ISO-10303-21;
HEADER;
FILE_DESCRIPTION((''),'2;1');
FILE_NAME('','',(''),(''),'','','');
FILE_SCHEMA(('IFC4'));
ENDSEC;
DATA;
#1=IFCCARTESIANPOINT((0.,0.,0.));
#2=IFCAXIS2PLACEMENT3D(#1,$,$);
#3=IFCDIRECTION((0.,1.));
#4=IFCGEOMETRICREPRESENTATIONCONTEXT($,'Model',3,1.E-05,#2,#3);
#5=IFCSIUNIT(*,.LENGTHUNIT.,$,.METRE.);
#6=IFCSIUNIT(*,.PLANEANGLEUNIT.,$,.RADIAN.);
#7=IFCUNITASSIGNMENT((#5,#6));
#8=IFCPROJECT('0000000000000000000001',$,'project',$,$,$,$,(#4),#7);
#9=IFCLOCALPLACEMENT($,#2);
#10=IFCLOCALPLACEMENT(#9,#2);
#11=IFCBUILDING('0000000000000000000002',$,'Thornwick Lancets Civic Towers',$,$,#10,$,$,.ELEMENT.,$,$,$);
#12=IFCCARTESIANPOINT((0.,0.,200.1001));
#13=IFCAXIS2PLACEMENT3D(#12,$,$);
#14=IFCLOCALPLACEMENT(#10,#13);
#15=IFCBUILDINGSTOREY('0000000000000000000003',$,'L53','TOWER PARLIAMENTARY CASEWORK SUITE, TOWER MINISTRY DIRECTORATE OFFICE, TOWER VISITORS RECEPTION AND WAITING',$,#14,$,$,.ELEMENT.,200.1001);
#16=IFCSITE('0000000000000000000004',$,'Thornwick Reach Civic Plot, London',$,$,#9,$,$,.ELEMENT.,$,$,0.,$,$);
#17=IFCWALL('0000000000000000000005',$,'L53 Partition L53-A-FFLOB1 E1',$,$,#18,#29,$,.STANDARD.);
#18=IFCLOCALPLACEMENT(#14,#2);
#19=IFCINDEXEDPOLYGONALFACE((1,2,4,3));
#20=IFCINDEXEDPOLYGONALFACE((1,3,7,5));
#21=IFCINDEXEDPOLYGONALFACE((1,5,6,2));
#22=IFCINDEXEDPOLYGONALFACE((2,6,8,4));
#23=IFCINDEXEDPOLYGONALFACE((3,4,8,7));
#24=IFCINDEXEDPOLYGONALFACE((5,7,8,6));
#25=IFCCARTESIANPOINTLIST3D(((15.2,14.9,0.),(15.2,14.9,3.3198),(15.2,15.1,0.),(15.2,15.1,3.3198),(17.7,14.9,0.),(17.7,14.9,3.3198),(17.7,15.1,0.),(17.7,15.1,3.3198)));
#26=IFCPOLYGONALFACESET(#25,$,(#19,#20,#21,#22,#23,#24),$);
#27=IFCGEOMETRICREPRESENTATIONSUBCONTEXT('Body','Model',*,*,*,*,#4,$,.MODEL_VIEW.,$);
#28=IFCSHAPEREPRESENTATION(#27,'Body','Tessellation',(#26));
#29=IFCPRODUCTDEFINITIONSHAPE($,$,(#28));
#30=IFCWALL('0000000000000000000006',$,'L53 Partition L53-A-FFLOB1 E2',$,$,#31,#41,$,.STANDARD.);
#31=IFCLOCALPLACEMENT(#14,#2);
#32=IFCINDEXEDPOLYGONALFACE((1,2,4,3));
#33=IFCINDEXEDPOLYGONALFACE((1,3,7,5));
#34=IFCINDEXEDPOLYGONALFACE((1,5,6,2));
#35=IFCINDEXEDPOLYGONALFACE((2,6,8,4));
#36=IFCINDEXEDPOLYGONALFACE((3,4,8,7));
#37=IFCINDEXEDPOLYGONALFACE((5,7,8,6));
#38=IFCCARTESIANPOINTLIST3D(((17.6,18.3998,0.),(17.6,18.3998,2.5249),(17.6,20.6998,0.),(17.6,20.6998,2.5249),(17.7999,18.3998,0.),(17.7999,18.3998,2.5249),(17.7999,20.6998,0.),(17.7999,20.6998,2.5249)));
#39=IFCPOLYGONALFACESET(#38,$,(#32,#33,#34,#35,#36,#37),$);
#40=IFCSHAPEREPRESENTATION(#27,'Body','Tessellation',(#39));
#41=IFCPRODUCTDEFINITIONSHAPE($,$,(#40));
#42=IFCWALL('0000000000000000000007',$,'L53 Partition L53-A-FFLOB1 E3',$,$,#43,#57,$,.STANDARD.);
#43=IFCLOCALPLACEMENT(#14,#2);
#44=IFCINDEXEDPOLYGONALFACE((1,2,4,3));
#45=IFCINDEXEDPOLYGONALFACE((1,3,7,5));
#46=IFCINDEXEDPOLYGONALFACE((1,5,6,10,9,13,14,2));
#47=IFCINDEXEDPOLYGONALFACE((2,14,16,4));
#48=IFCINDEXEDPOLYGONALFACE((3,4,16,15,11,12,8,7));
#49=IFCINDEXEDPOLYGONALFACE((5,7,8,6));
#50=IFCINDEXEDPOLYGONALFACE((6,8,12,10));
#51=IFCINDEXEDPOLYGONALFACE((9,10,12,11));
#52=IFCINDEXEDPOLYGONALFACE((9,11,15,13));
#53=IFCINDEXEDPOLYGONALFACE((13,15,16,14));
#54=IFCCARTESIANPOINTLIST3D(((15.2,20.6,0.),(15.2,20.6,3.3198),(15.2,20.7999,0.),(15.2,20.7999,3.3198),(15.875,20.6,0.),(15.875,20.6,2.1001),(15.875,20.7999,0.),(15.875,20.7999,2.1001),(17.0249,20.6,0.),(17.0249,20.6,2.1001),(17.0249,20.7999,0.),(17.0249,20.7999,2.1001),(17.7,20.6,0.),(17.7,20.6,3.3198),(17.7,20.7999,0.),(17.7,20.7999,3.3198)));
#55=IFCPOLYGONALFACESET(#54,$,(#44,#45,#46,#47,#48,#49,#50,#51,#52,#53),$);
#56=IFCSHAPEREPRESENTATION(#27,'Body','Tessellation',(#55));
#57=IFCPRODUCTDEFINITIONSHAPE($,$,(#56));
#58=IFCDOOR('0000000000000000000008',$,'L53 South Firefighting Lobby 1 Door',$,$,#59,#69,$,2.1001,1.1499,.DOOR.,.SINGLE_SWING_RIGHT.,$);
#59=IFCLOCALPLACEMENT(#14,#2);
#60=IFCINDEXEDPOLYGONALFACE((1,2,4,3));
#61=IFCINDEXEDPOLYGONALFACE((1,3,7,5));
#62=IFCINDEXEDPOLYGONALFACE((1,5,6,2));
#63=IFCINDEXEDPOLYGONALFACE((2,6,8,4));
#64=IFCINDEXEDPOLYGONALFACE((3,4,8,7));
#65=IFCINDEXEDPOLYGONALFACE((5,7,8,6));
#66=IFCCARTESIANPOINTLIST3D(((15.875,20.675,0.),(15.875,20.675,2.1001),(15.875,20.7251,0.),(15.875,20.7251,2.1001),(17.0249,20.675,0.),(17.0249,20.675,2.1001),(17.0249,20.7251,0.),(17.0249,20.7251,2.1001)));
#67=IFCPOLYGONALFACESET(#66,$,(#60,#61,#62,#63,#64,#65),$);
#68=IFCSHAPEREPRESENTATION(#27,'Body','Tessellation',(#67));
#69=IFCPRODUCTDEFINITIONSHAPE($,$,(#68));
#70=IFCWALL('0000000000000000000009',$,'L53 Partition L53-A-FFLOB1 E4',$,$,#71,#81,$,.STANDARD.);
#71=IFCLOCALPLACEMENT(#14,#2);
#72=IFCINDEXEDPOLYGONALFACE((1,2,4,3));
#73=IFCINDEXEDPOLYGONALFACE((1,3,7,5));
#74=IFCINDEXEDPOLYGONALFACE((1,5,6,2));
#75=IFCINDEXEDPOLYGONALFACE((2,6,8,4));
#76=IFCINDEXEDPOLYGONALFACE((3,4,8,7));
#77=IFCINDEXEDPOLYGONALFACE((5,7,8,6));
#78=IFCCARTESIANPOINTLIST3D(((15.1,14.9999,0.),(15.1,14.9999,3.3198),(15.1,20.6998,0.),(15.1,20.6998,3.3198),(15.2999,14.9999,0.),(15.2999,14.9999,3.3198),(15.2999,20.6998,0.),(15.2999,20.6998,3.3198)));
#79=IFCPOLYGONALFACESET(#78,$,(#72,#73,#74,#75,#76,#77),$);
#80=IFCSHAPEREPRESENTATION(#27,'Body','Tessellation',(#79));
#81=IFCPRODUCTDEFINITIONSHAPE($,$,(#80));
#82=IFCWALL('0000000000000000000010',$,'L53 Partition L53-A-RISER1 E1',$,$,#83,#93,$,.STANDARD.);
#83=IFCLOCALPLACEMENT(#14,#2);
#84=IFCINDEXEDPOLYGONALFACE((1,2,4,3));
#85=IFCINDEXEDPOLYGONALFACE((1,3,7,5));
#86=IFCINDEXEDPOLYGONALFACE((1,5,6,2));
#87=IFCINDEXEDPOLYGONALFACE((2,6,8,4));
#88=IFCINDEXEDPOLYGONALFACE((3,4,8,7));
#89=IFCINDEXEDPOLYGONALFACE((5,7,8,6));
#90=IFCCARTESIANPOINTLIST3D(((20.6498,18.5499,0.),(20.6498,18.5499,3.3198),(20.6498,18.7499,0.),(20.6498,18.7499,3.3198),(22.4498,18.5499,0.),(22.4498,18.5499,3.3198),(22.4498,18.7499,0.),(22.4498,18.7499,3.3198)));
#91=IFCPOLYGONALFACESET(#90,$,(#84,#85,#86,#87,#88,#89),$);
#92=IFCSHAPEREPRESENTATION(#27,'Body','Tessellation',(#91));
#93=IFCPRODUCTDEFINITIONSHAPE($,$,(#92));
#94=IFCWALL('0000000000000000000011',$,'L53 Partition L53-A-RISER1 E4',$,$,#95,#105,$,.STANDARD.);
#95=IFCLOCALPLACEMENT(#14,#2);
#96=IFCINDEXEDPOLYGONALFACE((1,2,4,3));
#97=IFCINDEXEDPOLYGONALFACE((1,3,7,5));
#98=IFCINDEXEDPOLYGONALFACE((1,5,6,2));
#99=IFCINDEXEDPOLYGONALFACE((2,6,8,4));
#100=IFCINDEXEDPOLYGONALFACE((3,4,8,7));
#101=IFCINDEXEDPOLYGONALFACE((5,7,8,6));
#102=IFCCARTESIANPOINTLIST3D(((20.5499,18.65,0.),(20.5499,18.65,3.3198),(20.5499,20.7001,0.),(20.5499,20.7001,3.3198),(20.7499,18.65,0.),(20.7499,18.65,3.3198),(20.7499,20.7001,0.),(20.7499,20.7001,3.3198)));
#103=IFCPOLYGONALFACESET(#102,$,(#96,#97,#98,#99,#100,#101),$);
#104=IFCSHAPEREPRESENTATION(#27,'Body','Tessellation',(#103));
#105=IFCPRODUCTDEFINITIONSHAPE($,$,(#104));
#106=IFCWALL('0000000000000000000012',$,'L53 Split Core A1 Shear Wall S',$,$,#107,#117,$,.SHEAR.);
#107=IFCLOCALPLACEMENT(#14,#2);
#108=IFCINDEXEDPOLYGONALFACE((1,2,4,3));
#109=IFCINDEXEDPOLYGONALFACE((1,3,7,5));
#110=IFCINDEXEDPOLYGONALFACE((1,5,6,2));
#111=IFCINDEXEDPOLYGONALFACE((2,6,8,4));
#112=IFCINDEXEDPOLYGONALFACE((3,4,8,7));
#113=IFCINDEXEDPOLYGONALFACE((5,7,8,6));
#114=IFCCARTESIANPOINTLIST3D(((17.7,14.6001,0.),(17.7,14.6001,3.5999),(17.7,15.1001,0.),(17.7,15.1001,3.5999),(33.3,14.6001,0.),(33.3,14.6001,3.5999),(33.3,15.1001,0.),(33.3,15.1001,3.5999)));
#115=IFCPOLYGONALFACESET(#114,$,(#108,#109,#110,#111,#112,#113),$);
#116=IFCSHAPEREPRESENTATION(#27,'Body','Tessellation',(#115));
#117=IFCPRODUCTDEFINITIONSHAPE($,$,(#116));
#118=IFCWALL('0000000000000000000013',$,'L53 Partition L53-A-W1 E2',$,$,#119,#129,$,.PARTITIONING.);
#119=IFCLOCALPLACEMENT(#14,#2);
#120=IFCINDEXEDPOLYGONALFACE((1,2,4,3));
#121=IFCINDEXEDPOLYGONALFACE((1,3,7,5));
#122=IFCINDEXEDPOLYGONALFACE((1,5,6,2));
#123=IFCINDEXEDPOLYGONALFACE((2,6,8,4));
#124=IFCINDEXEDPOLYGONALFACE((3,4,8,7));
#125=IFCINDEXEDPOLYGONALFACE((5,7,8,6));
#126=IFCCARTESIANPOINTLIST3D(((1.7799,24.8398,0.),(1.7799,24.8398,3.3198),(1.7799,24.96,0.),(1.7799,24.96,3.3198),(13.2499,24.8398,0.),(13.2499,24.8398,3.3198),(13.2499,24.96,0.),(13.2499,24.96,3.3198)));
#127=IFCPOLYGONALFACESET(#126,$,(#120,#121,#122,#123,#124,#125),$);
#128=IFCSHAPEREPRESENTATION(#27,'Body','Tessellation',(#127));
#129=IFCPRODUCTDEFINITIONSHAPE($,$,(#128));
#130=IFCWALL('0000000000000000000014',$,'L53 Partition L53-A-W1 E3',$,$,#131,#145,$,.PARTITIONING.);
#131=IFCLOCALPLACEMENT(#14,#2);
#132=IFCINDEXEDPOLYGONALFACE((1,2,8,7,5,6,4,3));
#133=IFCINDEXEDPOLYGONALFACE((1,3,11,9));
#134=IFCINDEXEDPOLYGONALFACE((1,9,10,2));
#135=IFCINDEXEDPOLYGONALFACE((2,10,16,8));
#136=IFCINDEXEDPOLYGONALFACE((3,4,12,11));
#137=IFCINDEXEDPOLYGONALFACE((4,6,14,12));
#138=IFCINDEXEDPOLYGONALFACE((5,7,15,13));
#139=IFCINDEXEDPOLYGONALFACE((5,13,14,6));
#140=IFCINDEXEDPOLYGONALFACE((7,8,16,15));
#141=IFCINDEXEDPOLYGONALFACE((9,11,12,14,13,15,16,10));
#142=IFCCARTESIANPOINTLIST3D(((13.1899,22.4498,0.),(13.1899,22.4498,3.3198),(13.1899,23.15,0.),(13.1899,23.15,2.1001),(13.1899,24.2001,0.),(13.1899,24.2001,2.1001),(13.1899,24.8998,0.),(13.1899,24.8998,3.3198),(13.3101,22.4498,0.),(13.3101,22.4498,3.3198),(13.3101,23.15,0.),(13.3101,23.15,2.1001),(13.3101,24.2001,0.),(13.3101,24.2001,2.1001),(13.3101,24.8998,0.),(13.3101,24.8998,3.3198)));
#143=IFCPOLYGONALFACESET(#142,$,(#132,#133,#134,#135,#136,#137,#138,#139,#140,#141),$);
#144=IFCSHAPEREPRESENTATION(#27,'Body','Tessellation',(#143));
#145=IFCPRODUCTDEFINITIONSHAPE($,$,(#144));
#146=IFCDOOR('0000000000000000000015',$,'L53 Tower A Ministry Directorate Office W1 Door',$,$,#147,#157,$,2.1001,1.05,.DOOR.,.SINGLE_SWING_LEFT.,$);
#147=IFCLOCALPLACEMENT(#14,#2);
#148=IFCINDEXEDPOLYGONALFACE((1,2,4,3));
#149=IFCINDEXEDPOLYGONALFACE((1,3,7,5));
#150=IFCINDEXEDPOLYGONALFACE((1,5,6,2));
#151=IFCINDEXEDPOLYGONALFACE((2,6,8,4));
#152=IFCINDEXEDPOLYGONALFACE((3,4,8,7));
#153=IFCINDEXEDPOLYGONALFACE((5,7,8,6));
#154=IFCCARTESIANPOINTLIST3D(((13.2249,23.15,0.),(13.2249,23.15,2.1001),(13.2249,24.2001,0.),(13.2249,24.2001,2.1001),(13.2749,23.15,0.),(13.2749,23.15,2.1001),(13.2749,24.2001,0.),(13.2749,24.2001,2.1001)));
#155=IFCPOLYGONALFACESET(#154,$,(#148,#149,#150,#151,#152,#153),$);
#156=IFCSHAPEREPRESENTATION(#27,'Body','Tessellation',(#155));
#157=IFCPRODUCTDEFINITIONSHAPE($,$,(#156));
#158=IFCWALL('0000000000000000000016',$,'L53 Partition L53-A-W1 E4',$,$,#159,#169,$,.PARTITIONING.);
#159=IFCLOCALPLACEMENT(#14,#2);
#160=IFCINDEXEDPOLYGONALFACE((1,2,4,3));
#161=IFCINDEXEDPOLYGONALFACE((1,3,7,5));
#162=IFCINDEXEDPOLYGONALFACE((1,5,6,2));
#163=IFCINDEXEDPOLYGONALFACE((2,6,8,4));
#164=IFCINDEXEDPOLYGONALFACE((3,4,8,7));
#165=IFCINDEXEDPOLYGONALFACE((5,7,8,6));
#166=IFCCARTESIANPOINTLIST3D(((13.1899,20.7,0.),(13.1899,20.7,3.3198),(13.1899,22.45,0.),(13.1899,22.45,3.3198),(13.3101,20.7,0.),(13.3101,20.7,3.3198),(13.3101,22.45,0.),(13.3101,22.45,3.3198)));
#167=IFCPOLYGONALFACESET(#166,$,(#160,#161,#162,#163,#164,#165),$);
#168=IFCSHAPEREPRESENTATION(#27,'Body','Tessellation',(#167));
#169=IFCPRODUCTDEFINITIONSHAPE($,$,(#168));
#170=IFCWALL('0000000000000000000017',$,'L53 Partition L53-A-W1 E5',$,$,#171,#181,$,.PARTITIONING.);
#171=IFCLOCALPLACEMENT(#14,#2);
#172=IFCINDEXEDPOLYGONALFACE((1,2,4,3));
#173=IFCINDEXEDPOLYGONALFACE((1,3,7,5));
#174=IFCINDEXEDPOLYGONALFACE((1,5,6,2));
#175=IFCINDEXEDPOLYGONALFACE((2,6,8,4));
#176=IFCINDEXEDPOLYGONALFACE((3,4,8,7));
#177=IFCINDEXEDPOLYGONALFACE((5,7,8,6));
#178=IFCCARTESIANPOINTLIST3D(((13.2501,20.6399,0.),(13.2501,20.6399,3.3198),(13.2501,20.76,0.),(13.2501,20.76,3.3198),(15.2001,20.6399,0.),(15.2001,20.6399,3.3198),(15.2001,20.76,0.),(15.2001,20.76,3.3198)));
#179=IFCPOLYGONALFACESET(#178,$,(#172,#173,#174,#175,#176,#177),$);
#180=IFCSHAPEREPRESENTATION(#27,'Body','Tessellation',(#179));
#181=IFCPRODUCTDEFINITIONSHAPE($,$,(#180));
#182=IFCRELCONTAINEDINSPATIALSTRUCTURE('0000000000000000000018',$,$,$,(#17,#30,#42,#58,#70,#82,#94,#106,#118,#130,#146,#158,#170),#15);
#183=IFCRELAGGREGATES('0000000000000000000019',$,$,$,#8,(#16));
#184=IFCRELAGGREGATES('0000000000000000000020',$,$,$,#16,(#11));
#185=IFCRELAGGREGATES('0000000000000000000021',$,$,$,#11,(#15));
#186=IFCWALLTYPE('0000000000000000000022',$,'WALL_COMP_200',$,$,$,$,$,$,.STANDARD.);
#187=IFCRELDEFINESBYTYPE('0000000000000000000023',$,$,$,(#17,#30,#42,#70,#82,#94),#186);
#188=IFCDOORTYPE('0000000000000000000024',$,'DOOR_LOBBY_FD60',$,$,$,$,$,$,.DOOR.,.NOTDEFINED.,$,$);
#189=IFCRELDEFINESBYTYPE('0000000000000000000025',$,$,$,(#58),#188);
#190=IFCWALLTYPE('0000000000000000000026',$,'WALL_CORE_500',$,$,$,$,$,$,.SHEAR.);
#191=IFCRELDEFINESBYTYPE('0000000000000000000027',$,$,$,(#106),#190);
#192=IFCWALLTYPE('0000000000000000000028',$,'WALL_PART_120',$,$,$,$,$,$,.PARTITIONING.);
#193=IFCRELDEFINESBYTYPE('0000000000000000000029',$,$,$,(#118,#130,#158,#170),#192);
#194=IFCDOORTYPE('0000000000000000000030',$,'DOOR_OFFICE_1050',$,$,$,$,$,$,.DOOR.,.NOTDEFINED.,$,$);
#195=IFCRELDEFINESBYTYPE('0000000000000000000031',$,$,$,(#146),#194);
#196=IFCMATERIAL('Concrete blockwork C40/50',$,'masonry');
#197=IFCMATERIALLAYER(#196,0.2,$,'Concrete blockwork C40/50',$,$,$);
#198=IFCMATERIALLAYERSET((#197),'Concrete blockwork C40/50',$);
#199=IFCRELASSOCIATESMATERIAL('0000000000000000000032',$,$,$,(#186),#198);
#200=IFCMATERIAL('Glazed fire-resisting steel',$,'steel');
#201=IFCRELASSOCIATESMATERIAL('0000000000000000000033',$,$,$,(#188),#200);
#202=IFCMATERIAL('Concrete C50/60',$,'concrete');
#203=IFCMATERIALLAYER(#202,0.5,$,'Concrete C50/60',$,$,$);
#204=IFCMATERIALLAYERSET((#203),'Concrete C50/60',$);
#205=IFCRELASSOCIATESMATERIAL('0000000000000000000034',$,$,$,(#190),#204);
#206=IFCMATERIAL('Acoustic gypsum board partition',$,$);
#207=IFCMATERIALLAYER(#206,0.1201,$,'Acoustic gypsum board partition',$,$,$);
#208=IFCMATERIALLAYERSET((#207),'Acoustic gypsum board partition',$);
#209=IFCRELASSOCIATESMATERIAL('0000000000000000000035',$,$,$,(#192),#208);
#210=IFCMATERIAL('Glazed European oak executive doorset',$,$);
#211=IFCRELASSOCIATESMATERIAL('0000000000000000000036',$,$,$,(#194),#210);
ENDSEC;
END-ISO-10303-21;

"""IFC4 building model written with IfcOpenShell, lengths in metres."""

from ifc_helpers import new_model, si_unit, direction, frame, frame_2d, origin, place, context, subcontext, project, spatial, rectangle, extrude, material, layer, layer_set, type_object, element, fill, save


model = new_model("IFC4")

# Units and contexts
model_context = context("Model", 3, precision=1e-05, world=origin(), true_north=direction((0.0, 1.0)))
body_context = subcontext(model_context, "Body", "Model", "MODEL_VIEW")
ifc_project = project(units=[si_unit("LENGTHUNIT", "METRE"), si_unit("PLANEANGLEUNIT", "RADIAN")], contexts=[model_context])

# Site, building, storey
site_placement = place(None, origin())
site = spatial("IfcSite", under=ifc_project, at=site_placement, Name="Thornwick Reach Civic Plot, London", CompositionType="ELEMENT", RefElevation=0.0)
building_placement = place(site_placement, origin())
building = spatial("IfcBuilding", under=site, at=building_placement, Name="Thornwick Lancets Civic Towers", CompositionType="ELEMENT")
storey_placement = place(building_placement, frame((0.0, 0.0, 200.1001)))
storey = spatial("IfcBuildingStorey", under=building, at=storey_placement, Name="L53", Description="TOWER PARLIAMENTARY CASEWORK SUITE, TOWER MINISTRY DIRECTORATE OFFICE, TOWER VISITORS RECEPTION AND WAITING", CompositionType="ELEMENT", Elevation=200.1001)

# Shared definitions
ifc_material_1 = material(Name="Concrete C50/60", Category="concrete")

# Walls
ifc_material_2 = material(Name="Concrete blockwork C40/50", Category="masonry")
ifc_layer_1 = layer(ifc_material_2, 0.2, Name="Concrete blockwork C40/50")
ifc_layer_set_1 = layer_set([ifc_layer_1], Name="Concrete blockwork C40/50")
wall_type_1 = type_object("IfcWallType", Name="WALL_COMP_200", PredefinedType="STANDARD", material=ifc_layer_set_1)
wall_1_placement = place(storey_placement, frame((15.2, 15.0, 0.0), z_axis=(0.0, 0.0, 1.0), x_axis=(1.0, 0.0, 0.0)))
element("IfcWall", 1, at=wall_1_placement, inside=storey, type_object=wall_type_1, Name="L53 Partition L53-A-FFLOB1 E1", PredefinedType="STANDARD", context=body_context, shape_type="SweptSolid", body=[
    extrude(rectangle(XDim=2.5, YDim=0.2, at=frame_2d((1.25, 0.0))), origin(), (0.0, 0.0, 1.0), 3.3198),
])
wall_2_placement = place(storey_placement, frame((17.7, 18.3999, 0.0), z_axis=(0.0, 0.0, 1.0), x_axis=(0.0, 1.0, 0.0)))
element("IfcWall", 2, at=wall_2_placement, inside=storey, type_object=wall_type_1, Name="L53 Partition L53-A-FFLOB1 E2", PredefinedType="STANDARD", context=body_context, shape_type="SweptSolid", body=[
    extrude(rectangle(XDim=2.3, YDim=0.2, at=frame_2d((1.1499, 0.0))), origin(), (0.0, 0.0, 1.0), 2.5249),
])

# Wall, opening, door
wall_3_placement = place(storey_placement, frame((17.7, 20.7, 0.0), z_axis=(0.0, 0.0, 1.0), x_axis=(-1.0, 0.0, 0.0)))
wall_3 = element("IfcWall", 3, at=wall_3_placement, inside=storey, type_object=wall_type_1, Name="L53 Partition L53-A-FFLOB1 E3", PredefinedType="STANDARD", context=body_context, shape_type="SweptSolid", body=[
    extrude(rectangle(XDim=2.5, YDim=0.2, at=frame_2d((1.25, 0.0))), origin(), (0.0, 0.0, 1.0), 3.3198),
])
opening_1_placement = place(wall_3_placement, frame((0.675, 0.0, 0.0)))
opening_1 = element("IfcOpeningElement", 4, at=opening_1_placement, cuts=wall_3, PredefinedType="OPENING", context=body_context, shape_type="SweptSolid", body=[
    extrude(rectangle(XDim=1.1499, YDim=2.1001, at=frame_2d((0.575, 1.05))), frame((0.0, 0.1099, 0.0), z_axis=(0.0, -1.0, 0.0), x_axis=(1.0, 0.0, 0.0)), (0.0, 0.0, 1.0), 0.22),
])
ifc_material_3 = material(Name="Glazed fire-resisting steel", Category="steel")
door_type_1 = type_object("IfcDoorType", Name="DOOR_LOBBY_FD60", OperationType="NOTDEFINED", PredefinedType="DOOR", material=ifc_material_3)
door_1_placement = place(opening_1_placement, origin())
door_1 = element("IfcDoor", 5, at=door_1_placement, inside=storey, type_object=door_type_1, Name="L53 South Firefighting Lobby 1 Door", OperationType="SINGLE_SWING_RIGHT", OverallHeight=2.1001, OverallWidth=1.1499, PredefinedType="DOOR", context=body_context, shape_type="SweptSolid", body=[
    extrude(rectangle(XDim=1.1499, YDim=2.1001, at=frame_2d((0.575, 1.05))), frame((0.0, 0.0249, 0.0), z_axis=(0.0, -1.0, 0.0), x_axis=(1.0, 0.0, 0.0)), (0.0, 0.0, 1.0), 0.05),
])
fill(opening_1, door_1)

# Walls
wall_4_placement = place(storey_placement, frame((15.2, 20.7, 0.0), z_axis=(0.0, 0.0, 1.0), x_axis=(0.0, -1.0, 0.0)))
element("IfcWall", 6, at=wall_4_placement, inside=storey, type_object=wall_type_1, Name="L53 Partition L53-A-FFLOB1 E4", PredefinedType="STANDARD", context=body_context, shape_type="SweptSolid", body=[
    extrude(rectangle(XDim=5.7, YDim=0.2, at=frame_2d((2.8501, 0.0))), origin(), (0.0, 0.0, 1.0), 3.3198),
])
wall_5_placement = place(storey_placement, frame((20.6499, 18.6499, 0.0), z_axis=(0.0, 0.0, 1.0), x_axis=(1.0, 0.0, 0.0)))
element("IfcWall", 7, at=wall_5_placement, inside=storey, type_object=wall_type_1, Name="L53 Partition L53-A-RISER1 E1", PredefinedType="STANDARD", context=body_context, shape_type="SweptSolid", body=[
    extrude(rectangle(XDim=1.8, YDim=0.2, at=frame_2d((0.8999, 0.0))), origin(), (0.0, 0.0, 1.0), 3.3198),
])
wall_6_placement = place(storey_placement, frame((20.6499, 20.7, 0.0), z_axis=(0.0, 0.0, 1.0), x_axis=(0.0, -1.0, 0.0)))
element("IfcWall", 8, at=wall_6_placement, inside=storey, type_object=wall_type_1, Name="L53 Partition L53-A-RISER1 E4", PredefinedType="STANDARD", context=body_context, shape_type="SweptSolid", body=[
    extrude(rectangle(XDim=2.05, YDim=0.2, at=frame_2d((1.0249, 0.0))), origin(), (0.0, 0.0, 1.0), 3.3198),
])
ifc_layer_2 = layer(ifc_material_1, 0.5, Name="Concrete C50/60")
ifc_layer_set_2 = layer_set([ifc_layer_2], Name="Concrete C50/60")
wall_type_2 = type_object("IfcWallType", Name="WALL_CORE_500", PredefinedType="SHEAR", material=ifc_layer_set_2)
wall_7_placement = place(storey_placement, frame((17.7, 14.8501, 0.0), z_axis=(0.0, 0.0, 1.0), x_axis=(1.0, 0.0, 0.0)))
element("IfcWall", 9, at=wall_7_placement, inside=storey, type_object=wall_type_2, Name="L53 Split Core A1 Shear Wall S", PredefinedType="SHEAR", context=body_context, shape_type="SweptSolid", body=[
    extrude(rectangle(XDim=15.6001, YDim=0.5, at=frame_2d((7.8, 0.0))), origin(), (0.0, 0.0, 1.0), 3.5999),
])
ifc_material_4 = material(Name="Acoustic gypsum board partition")
ifc_layer_3 = layer(ifc_material_4, 0.1201, Name="Acoustic gypsum board partition")
ifc_layer_set_3 = layer_set([ifc_layer_3], Name="Acoustic gypsum board partition")
wall_type_3 = type_object("IfcWallType", Name="WALL_PART_120", PredefinedType="PARTITIONING", material=ifc_layer_set_3)
wall_8_placement = place(storey_placement, frame((1.78, 24.8999, 0.0), z_axis=(0.0, 0.0, 1.0), x_axis=(1.0, 0.0, 0.0)))
element("IfcWall", 10, at=wall_8_placement, inside=storey, type_object=wall_type_3, Name="L53 Partition L53-A-W1 E2", PredefinedType="PARTITIONING", context=body_context, shape_type="SweptSolid", body=[
    extrude(rectangle(XDim=11.47, YDim=0.1201, at=frame_2d((5.7349, 0.0))), origin(), (0.0, 0.0, 1.0), 3.3198),
])

# Wall, opening, door
wall_9_placement = place(storey_placement, frame((13.25, 24.8999, 0.0), z_axis=(0.0, 0.0, 1.0), x_axis=(0.0, -1.0, 0.0)))
wall_9 = element("IfcWall", 11, at=wall_9_placement, inside=storey, type_object=wall_type_3, Name="L53 Partition L53-A-W1 E3", PredefinedType="PARTITIONING", context=body_context, shape_type="SweptSolid", body=[
    extrude(rectangle(XDim=2.45, YDim=0.1201, at=frame_2d((1.2251, 0.0))), origin(), (0.0, 0.0, 1.0), 3.3198),
])
opening_2_placement = place(wall_9_placement, frame((0.7, 0.0, 0.0)))
opening_2 = element("IfcOpeningElement", 12, at=opening_2_placement, cuts=wall_9, PredefinedType="OPENING", context=body_context, shape_type="SweptSolid", body=[
    extrude(rectangle(XDim=1.05, YDim=2.1001, at=frame_2d((0.5249, 1.05))), frame((0.0, 0.0701, 0.0), z_axis=(0.0, -1.0, 0.0), x_axis=(1.0, 0.0, 0.0)), (0.0, 0.0, 1.0), 0.1401),
])
ifc_material_5 = material(Name="Glazed European oak executive doorset")
door_type_2 = type_object("IfcDoorType", Name="DOOR_OFFICE_1050", OperationType="NOTDEFINED", PredefinedType="DOOR", material=ifc_material_5)
door_2_placement = place(opening_2_placement, origin())
door_2 = element("IfcDoor", 13, at=door_2_placement, inside=storey, type_object=door_type_2, Name="L53 Tower A Ministry Directorate Office W1 Door", OperationType="SINGLE_SWING_LEFT", OverallHeight=2.1001, OverallWidth=1.05, PredefinedType="DOOR", context=body_context, shape_type="SweptSolid", body=[
    extrude(rectangle(XDim=1.05, YDim=2.1001, at=frame_2d((0.5249, 1.05))), frame((0.0, 0.0249, 0.0), z_axis=(0.0, -1.0, 0.0), x_axis=(1.0, 0.0, 0.0)), (0.0, 0.0, 1.0), 0.05),
])
fill(opening_2, door_2)

# Walls
wall_10_placement = place(storey_placement, frame((13.25, 22.45, 0.0), z_axis=(0.0, 0.0, 1.0), x_axis=(0.0, -1.0, 0.0)))
element("IfcWall", 14, at=wall_10_placement, inside=storey, type_object=wall_type_3, Name="L53 Partition L53-A-W1 E4", PredefinedType="PARTITIONING", context=body_context, shape_type="SweptSolid", body=[
    extrude(rectangle(XDim=1.75, YDim=0.1201, at=frame_2d((0.875, 0.0))), origin(), (0.0, 0.0, 1.0), 3.3198),
])
wall_11_placement = place(storey_placement, frame((13.25, 20.7, 0.0), z_axis=(0.0, 0.0, 1.0), x_axis=(1.0, 0.0, 0.0)))
element("IfcWall", 15, at=wall_11_placement, inside=storey, type_object=wall_type_3, Name="L53 Partition L53-A-W1 E5", PredefinedType="PARTITIONING", context=body_context, shape_type="SweptSolid", body=[
    extrude(rectangle(XDim=1.95, YDim=0.1201, at=frame_2d((0.9751, 0.0))), origin(), (0.0, 0.0, 1.0), 3.3198),
])

save(model, "model.ifc")
